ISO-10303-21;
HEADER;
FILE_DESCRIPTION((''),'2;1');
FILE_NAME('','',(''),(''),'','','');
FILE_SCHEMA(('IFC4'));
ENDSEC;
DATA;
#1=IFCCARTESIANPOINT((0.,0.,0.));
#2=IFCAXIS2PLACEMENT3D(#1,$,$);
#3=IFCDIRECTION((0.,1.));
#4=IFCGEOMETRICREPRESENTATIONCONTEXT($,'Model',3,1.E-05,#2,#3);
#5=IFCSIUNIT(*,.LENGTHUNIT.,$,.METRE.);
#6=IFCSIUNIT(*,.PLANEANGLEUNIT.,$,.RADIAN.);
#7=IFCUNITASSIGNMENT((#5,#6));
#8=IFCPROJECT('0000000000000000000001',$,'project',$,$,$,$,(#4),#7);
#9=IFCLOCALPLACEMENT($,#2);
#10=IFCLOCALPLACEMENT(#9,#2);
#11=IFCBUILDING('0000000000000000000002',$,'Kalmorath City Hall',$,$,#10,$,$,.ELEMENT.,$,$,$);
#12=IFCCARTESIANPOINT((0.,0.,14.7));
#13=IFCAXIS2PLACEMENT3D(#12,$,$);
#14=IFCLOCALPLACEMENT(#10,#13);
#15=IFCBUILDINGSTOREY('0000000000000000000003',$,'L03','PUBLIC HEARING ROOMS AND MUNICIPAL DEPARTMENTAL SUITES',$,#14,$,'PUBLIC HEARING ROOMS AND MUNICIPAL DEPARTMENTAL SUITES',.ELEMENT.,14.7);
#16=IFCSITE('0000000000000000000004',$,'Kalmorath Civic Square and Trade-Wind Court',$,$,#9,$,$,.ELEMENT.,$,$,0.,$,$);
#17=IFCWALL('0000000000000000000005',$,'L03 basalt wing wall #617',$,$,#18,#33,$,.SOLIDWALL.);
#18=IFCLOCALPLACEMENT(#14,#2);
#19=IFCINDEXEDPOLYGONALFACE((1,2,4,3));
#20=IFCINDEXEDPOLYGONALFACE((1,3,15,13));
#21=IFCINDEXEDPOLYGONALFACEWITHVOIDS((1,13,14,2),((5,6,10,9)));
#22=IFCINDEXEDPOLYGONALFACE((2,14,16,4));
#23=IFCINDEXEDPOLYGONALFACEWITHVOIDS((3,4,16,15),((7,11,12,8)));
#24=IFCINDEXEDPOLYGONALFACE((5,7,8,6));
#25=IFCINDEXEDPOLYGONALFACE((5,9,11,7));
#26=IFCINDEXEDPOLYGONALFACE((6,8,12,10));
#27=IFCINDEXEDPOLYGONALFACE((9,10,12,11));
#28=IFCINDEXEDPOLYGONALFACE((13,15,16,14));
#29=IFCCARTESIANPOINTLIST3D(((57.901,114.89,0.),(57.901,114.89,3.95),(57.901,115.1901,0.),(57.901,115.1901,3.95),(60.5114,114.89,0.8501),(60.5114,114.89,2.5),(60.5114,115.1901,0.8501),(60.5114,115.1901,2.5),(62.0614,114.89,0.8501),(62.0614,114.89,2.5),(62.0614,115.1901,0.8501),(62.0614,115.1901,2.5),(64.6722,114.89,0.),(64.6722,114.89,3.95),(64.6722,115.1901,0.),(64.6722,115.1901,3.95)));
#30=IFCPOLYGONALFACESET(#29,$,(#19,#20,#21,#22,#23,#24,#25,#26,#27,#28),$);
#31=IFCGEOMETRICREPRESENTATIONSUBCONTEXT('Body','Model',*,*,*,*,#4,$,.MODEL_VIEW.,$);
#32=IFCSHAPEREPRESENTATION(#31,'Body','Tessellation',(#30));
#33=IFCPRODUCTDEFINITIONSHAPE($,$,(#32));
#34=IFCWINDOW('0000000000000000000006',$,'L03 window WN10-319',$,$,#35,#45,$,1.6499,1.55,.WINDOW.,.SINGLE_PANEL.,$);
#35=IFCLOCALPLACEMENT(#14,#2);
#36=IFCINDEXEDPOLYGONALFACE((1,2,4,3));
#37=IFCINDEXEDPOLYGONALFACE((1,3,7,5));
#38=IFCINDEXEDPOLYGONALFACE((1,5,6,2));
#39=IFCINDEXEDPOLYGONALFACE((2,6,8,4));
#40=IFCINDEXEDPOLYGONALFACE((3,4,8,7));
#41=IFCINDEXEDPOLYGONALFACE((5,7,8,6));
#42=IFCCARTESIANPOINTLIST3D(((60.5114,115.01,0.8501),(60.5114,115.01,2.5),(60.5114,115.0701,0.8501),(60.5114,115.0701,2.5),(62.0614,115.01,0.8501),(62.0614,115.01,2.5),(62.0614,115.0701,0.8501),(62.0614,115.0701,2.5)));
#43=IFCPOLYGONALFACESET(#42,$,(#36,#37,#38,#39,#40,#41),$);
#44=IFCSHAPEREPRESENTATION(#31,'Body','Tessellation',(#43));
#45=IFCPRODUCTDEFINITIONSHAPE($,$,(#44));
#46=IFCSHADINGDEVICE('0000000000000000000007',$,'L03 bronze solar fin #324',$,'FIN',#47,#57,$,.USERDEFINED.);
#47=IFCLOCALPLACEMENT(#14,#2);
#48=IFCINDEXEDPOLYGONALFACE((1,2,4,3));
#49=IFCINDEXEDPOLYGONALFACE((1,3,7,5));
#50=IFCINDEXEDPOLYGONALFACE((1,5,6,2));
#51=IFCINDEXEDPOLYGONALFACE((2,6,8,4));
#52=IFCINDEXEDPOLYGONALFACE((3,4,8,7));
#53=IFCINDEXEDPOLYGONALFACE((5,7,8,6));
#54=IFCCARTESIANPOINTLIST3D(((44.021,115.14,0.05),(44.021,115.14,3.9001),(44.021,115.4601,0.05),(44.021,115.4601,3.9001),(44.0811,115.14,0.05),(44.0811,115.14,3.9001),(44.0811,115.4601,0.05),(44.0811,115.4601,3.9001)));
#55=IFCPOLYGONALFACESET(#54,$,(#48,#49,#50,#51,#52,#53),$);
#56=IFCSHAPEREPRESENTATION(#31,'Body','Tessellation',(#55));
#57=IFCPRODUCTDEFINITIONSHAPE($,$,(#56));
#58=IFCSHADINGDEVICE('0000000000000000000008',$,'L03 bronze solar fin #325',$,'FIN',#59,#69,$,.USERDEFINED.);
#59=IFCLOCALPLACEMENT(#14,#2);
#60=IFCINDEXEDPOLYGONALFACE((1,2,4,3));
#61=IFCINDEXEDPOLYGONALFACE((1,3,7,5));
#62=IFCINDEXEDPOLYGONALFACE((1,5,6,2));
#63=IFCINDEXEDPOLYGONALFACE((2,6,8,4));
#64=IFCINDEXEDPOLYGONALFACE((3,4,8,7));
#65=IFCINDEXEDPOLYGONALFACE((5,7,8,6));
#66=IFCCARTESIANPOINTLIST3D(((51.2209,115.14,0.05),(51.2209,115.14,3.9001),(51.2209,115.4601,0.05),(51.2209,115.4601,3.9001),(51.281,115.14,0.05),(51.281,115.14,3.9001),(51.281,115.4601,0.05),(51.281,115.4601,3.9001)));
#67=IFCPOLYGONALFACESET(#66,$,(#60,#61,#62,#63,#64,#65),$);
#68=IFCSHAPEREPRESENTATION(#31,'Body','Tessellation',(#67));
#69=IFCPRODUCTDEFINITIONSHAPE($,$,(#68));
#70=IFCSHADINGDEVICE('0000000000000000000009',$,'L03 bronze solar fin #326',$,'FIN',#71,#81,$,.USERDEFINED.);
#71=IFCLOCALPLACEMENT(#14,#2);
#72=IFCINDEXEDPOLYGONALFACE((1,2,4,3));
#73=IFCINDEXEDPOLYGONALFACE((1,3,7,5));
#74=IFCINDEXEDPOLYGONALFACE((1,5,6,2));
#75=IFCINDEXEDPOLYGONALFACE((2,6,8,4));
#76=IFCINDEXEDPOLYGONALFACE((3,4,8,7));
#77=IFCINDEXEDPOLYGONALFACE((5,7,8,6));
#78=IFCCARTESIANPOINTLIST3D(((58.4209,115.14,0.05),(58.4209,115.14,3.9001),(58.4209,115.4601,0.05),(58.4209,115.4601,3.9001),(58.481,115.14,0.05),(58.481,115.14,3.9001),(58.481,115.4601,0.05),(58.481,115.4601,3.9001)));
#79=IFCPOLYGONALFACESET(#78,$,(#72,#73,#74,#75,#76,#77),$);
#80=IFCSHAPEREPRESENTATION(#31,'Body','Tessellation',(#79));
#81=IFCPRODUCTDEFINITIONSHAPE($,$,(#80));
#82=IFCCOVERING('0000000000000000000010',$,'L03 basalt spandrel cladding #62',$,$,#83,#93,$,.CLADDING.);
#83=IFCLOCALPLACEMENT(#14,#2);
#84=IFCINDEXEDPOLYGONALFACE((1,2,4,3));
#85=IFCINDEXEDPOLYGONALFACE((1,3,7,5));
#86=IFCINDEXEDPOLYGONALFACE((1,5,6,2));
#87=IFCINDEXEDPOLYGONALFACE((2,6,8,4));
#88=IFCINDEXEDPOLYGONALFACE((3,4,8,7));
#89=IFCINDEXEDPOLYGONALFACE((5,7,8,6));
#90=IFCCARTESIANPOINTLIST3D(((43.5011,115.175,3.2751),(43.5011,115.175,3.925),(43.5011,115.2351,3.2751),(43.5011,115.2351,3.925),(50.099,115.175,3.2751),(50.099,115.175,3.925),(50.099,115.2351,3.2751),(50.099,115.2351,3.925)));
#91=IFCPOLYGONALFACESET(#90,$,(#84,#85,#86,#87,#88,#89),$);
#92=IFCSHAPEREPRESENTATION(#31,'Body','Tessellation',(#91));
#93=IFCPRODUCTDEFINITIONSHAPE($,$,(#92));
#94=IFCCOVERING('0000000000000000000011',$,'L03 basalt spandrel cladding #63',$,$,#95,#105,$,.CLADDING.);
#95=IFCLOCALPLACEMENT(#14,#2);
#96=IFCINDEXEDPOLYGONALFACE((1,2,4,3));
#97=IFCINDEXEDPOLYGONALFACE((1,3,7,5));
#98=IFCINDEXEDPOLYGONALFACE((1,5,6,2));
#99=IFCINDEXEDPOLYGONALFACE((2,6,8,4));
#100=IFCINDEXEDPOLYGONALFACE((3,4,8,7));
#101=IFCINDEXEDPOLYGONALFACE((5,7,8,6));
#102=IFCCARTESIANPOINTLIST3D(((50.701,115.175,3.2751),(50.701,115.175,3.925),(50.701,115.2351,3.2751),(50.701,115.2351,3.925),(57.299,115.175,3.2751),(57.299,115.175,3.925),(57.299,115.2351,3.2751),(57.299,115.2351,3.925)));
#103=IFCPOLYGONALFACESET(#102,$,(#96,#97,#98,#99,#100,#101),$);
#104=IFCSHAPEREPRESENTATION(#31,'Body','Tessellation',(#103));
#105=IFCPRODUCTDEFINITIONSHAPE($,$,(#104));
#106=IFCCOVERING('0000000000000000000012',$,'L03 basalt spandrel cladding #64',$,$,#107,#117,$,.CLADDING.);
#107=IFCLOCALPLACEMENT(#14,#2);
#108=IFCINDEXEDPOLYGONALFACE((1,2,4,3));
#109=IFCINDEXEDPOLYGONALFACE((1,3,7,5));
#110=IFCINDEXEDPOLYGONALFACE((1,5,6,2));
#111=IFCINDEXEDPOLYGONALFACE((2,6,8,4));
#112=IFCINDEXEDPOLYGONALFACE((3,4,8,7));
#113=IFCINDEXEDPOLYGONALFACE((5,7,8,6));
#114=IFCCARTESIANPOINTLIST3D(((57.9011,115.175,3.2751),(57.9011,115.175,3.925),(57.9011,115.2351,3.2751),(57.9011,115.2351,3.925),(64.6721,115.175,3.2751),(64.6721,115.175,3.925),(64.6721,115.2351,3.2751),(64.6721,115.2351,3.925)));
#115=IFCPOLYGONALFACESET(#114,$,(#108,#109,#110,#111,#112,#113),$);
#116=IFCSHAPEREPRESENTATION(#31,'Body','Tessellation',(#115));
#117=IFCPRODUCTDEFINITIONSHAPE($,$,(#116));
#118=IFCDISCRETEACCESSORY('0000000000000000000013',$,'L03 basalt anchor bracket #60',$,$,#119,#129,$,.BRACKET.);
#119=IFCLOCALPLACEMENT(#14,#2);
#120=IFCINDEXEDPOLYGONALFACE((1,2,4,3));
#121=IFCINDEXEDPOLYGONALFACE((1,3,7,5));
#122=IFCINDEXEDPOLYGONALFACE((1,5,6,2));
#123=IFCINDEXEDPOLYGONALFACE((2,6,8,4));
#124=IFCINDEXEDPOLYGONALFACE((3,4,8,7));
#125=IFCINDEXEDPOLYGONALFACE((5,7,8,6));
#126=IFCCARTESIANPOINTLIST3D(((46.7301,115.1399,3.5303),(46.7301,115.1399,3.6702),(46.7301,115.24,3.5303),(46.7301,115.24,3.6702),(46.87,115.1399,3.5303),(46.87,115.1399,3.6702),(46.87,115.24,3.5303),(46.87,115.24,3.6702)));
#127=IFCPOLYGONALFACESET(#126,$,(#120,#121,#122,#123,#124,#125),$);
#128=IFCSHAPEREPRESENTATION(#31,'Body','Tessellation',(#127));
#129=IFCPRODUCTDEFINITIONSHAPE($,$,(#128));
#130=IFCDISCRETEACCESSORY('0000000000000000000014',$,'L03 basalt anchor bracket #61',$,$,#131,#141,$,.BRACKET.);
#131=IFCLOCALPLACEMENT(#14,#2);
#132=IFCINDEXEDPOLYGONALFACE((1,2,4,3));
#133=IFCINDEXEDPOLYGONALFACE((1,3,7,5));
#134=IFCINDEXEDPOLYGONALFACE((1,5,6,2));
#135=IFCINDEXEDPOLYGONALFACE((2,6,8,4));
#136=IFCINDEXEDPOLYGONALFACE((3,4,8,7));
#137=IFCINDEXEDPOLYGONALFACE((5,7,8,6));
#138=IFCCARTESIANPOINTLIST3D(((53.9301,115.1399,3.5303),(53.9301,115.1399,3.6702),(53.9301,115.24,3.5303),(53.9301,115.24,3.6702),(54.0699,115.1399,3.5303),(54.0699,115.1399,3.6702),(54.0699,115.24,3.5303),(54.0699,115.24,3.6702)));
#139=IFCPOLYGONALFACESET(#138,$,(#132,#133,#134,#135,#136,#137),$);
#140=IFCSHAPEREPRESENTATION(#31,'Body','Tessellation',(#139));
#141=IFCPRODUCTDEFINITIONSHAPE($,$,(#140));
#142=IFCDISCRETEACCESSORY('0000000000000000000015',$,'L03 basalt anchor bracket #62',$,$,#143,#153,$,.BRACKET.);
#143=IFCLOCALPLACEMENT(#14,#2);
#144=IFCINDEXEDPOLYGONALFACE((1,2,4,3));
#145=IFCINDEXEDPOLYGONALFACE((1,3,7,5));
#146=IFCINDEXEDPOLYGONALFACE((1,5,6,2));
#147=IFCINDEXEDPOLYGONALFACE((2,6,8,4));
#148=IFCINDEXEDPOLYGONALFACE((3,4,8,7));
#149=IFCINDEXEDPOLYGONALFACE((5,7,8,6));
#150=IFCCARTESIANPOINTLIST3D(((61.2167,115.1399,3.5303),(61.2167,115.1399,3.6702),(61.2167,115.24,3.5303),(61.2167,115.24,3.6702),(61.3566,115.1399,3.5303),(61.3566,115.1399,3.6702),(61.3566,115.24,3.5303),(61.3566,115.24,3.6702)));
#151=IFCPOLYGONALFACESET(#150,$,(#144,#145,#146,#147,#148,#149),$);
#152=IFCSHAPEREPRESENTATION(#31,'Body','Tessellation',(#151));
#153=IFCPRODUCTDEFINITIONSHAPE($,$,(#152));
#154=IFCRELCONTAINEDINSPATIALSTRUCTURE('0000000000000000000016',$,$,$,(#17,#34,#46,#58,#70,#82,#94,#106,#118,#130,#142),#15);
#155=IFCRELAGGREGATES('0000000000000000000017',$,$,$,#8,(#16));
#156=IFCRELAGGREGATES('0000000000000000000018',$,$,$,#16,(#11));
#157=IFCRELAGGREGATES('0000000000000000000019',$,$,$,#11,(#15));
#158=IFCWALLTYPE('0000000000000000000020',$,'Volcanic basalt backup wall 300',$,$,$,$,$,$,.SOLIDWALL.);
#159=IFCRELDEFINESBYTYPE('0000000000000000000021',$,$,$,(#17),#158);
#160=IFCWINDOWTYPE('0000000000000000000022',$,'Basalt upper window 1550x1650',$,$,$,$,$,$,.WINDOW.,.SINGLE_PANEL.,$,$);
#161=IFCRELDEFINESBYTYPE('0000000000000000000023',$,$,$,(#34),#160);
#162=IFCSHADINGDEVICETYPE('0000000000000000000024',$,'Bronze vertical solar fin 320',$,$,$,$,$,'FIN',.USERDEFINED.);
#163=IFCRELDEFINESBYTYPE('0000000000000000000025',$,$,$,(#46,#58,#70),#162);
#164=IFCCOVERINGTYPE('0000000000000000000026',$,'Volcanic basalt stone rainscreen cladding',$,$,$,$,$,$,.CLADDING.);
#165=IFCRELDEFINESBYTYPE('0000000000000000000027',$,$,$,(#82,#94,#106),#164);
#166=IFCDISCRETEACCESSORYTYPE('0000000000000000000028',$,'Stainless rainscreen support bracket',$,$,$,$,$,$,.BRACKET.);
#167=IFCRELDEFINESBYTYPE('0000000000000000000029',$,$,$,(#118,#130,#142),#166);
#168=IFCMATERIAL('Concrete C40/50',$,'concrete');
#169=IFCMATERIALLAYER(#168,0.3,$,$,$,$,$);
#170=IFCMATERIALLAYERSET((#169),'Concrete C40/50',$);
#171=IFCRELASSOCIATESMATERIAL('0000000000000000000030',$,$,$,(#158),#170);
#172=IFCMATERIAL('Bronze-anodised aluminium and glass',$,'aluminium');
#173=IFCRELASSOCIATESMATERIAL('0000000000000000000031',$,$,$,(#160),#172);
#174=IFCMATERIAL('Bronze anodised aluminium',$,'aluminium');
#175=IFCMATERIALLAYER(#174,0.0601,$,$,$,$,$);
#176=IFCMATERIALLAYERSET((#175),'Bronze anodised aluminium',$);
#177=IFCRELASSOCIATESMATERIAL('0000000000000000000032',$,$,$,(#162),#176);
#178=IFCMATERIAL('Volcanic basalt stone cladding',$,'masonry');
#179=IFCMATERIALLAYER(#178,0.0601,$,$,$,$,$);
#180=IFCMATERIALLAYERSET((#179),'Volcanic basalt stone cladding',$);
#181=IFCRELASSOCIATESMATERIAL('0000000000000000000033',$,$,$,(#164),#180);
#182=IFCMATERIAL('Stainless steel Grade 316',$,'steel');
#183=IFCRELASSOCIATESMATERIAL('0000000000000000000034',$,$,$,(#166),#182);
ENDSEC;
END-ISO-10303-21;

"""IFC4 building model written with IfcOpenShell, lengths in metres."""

from ifc_helpers import new_model, si_unit, direction, frame, frame_2d, origin, origin_2d, place, context, subcontext, project, spatial, rectangle, extrude, material, layer, layer_set, type_object, element, fill, save


model = new_model("IFC4")

# Units and contexts
model_context = context("Model", 3, precision=1e-05, world=origin(), true_north=direction((0.0, 1.0)))
body_context = subcontext(model_context, "Body", "Model", "MODEL_VIEW")
ifc_project = project(units=[si_unit("LENGTHUNIT", "METRE"), si_unit("PLANEANGLEUNIT", "RADIAN")], contexts=[model_context])

# Site, building, storey
site_placement = place(None, origin())
site = spatial("IfcSite", under=ifc_project, at=site_placement, Name="Kalmorath Civic Square and Trade-Wind Court", CompositionType="ELEMENT", RefElevation=0.0)
building_placement = place(site_placement, origin())
building = spatial("IfcBuilding", under=site, at=building_placement, Name="Kalmorath City Hall", CompositionType="ELEMENT")
storey_placement = place(building_placement, frame((0.0, 0.0, 14.7)))
storey = spatial("IfcBuildingStorey", under=building, at=storey_placement, Name="L03", Description="PUBLIC HEARING ROOMS AND MUNICIPAL DEPARTMENTAL SUITES", LongName="PUBLIC HEARING ROOMS AND MUNICIPAL DEPARTMENTAL SUITES", CompositionType="ELEMENT", Elevation=14.7)

# Wall, opening, window
ifc_material_1 = material(Name="Concrete C40/50", Category="concrete")
ifc_layer_1 = layer(ifc_material_1, 0.3)
ifc_layer_set_1 = layer_set([ifc_layer_1], Name="Concrete C40/50")
wall_type_1 = type_object("IfcWallType", Name="Volcanic basalt backup wall 300", PredefinedType="SOLIDWALL", material=ifc_layer_set_1)
ifc_material_2 = material(Name="Bronze-anodised aluminium and glass", Category="aluminium")
window_type_1 = type_object("IfcWindowType", Name="Basalt upper window 1550x1650", PartitioningType="SINGLE_PANEL", PredefinedType="WINDOW", material=ifc_material_2)
wall_1_placement = place(storey_placement, frame((57.9009, 115.04, 0.0), z_axis=(0.0, 0.0, 1.0), x_axis=(1.0, 0.0, 0.0)))
wall_1 = element("IfcWall", 1, at=wall_1_placement, inside=storey, type_object=wall_type_1, Name="L03 basalt wing wall #617", PredefinedType="SOLIDWALL", context=body_context, shape_type="SweptSolid", body=[
    extrude(rectangle(XDim=6.7712, YDim=0.3, at=frame_2d((3.3857, 0.0))), origin(), (0.0, 0.0, 1.0), 3.95),
])
opening_1_placement = place(wall_1_placement, frame((2.6106, 0.0, 0.8501)))
opening_1 = element("IfcOpeningElement", 2, at=opening_1_placement, cuts=wall_1, PredefinedType="OPENING", context=body_context, shape_type="SweptSolid", body=[
    extrude(rectangle(XDim=1.55, YDim=1.6499, at=frame_2d((0.7749, 0.825))), frame((0.0, 0.1599, 0.0), z_axis=(0.0, -1.0, 0.0), x_axis=(1.0, 0.0, 0.0)), (0.0, 0.0, 1.0), 0.3201),
])
window_1_placement = place(opening_1_placement, origin())
window_1 = element("IfcWindow", 3, at=window_1_placement, inside=storey, type_object=window_type_1, Name="L03 window WN10-319", OverallHeight=1.6499, OverallWidth=1.55, PartitioningType="SINGLE_PANEL", PredefinedType="WINDOW", context=body_context, shape_type="SweptSolid", body=[
    extrude(rectangle(XDim=1.55, YDim=1.6499, at=frame_2d((0.7749, 0.825))), frame((0.0, 0.03, 0.0), z_axis=(0.0, -1.0, 0.0), x_axis=(1.0, 0.0, 0.0)), (0.0, 0.0, 1.0), 0.0601),
])
fill(opening_1, window_1)

# Shading devices
ifc_material_3 = material(Name="Bronze anodised aluminium", Category="aluminium")
ifc_layer_2 = layer(ifc_material_3, 0.0601)
ifc_layer_set_2 = layer_set([ifc_layer_2], Name="Bronze anodised aluminium")
shading_device_type = type_object("IfcShadingDeviceType", Name="Bronze vertical solar fin 320", ElementType="FIN", PredefinedType="USERDEFINED", material=ifc_layer_set_2)
for number, where, z_axis, x_axis, name in (
    (4, (44.051, 115.3, 0.05), (0.0, 0.0, 1.0), (1.0, 0.0, 0.0), "L03 bronze solar fin #324"),
    (5, (51.251, 115.3, 0.05), (0.0, 0.0, 1.0), (1.0, 0.0, 0.0), "L03 bronze solar fin #325"),
    (6, (58.4509, 115.3, 0.05), (0.0, 0.0, 1.0), (1.0, 0.0, 0.0), "L03 bronze solar fin #326"),
):
    element("IfcShadingDevice", number, at=place(storey_placement, frame(where, z_axis=z_axis, x_axis=x_axis)), inside=storey, type_object=shading_device_type, Name=name, ObjectType="FIN", PredefinedType="USERDEFINED", context=body_context, shape_type="SweptSolid", body=[
        extrude(rectangle(XDim=0.0601, YDim=0.3201, at=origin_2d()), origin(), (0.0, 0.0, 1.0), 3.8501),
    ])

# Coverings
ifc_material_4 = material(Name="Volcanic basalt stone cladding", Category="masonry")
ifc_layer_3 = layer(ifc_material_4, 0.0601)
ifc_layer_set_3 = layer_set([ifc_layer_3], Name="Volcanic basalt stone cladding")
covering_type = type_object("IfcCoveringType", Name="Volcanic basalt stone rainscreen cladding", PredefinedType="CLADDING", material=ifc_layer_set_3)
for number, where, z_axis, x_axis, name in (
    (7, (46.8, 115.2051, 3.2751), (0.0, 0.0, 1.0), (1.0, 0.0, 0.0), "L03 basalt spandrel cladding #62"),
    (8, (54.0, 115.2051, 3.2751), (0.0, 0.0, 1.0), (1.0, 0.0, 0.0), "L03 basalt spandrel cladding #63"),
):
    element("IfcCovering", number, at=place(storey_placement, frame(where, z_axis=z_axis, x_axis=x_axis)), inside=storey, type_object=covering_type, Name=name, PredefinedType="CLADDING", context=body_context, shape_type="SweptSolid", body=[
        extrude(rectangle(XDim=6.5979, YDim=0.0601, at=origin_2d()), origin(), (0.0, 0.0, 1.0), 0.6499),
    ])
covering_placement = place(storey_placement, frame((61.2866, 115.2051, 3.2751), z_axis=(0.0, 0.0, 1.0), x_axis=(1.0, 0.0, 0.0)))
element("IfcCovering", 9, at=covering_placement, inside=storey, type_object=covering_type, Name="L03 basalt spandrel cladding #64", PredefinedType="CLADDING", context=body_context, shape_type="SweptSolid", body=[
    extrude(rectangle(XDim=6.771, YDim=0.0601, at=origin_2d()), origin(), (0.0, 0.0, 1.0), 0.6499),
])

# Discrete accessories
ifc_material_5 = material(Name="Stainless steel Grade 316", Category="steel")
discrete_accessory_type = type_object("IfcDiscreteAccessoryType", Name="Stainless rainscreen support bracket", PredefinedType="BRACKET", material=ifc_material_5)
for number, where, z_axis, x_axis, name in (
    (10, (46.8, 115.1899, 3.5303), (0.0, 0.0, 1.0), (1.0, 0.0, 0.0), "L03 basalt anchor bracket #60"),
    (11, (54.0, 115.1899, 3.5303), (0.0, 0.0, 1.0), (1.0, 0.0, 0.0), "L03 basalt anchor bracket #61"),
    (12, (61.2866, 115.1899, 3.5303), (0.0, 0.0, 1.0), (1.0, 0.0, 0.0), "L03 basalt anchor bracket #62"),
):
    element("IfcDiscreteAccessory", number, at=place(storey_placement, frame(where, z_axis=z_axis, x_axis=x_axis)), inside=storey, type_object=discrete_accessory_type, Name=name, PredefinedType="BRACKET", context=body_context, shape_type="SweptSolid", body=[
        extrude(rectangle(XDim=0.1399, YDim=0.1001, at=origin_2d()), origin(), (0.0, 0.0, 1.0), 0.1399),
    ])

save(model, "model.ifc")
